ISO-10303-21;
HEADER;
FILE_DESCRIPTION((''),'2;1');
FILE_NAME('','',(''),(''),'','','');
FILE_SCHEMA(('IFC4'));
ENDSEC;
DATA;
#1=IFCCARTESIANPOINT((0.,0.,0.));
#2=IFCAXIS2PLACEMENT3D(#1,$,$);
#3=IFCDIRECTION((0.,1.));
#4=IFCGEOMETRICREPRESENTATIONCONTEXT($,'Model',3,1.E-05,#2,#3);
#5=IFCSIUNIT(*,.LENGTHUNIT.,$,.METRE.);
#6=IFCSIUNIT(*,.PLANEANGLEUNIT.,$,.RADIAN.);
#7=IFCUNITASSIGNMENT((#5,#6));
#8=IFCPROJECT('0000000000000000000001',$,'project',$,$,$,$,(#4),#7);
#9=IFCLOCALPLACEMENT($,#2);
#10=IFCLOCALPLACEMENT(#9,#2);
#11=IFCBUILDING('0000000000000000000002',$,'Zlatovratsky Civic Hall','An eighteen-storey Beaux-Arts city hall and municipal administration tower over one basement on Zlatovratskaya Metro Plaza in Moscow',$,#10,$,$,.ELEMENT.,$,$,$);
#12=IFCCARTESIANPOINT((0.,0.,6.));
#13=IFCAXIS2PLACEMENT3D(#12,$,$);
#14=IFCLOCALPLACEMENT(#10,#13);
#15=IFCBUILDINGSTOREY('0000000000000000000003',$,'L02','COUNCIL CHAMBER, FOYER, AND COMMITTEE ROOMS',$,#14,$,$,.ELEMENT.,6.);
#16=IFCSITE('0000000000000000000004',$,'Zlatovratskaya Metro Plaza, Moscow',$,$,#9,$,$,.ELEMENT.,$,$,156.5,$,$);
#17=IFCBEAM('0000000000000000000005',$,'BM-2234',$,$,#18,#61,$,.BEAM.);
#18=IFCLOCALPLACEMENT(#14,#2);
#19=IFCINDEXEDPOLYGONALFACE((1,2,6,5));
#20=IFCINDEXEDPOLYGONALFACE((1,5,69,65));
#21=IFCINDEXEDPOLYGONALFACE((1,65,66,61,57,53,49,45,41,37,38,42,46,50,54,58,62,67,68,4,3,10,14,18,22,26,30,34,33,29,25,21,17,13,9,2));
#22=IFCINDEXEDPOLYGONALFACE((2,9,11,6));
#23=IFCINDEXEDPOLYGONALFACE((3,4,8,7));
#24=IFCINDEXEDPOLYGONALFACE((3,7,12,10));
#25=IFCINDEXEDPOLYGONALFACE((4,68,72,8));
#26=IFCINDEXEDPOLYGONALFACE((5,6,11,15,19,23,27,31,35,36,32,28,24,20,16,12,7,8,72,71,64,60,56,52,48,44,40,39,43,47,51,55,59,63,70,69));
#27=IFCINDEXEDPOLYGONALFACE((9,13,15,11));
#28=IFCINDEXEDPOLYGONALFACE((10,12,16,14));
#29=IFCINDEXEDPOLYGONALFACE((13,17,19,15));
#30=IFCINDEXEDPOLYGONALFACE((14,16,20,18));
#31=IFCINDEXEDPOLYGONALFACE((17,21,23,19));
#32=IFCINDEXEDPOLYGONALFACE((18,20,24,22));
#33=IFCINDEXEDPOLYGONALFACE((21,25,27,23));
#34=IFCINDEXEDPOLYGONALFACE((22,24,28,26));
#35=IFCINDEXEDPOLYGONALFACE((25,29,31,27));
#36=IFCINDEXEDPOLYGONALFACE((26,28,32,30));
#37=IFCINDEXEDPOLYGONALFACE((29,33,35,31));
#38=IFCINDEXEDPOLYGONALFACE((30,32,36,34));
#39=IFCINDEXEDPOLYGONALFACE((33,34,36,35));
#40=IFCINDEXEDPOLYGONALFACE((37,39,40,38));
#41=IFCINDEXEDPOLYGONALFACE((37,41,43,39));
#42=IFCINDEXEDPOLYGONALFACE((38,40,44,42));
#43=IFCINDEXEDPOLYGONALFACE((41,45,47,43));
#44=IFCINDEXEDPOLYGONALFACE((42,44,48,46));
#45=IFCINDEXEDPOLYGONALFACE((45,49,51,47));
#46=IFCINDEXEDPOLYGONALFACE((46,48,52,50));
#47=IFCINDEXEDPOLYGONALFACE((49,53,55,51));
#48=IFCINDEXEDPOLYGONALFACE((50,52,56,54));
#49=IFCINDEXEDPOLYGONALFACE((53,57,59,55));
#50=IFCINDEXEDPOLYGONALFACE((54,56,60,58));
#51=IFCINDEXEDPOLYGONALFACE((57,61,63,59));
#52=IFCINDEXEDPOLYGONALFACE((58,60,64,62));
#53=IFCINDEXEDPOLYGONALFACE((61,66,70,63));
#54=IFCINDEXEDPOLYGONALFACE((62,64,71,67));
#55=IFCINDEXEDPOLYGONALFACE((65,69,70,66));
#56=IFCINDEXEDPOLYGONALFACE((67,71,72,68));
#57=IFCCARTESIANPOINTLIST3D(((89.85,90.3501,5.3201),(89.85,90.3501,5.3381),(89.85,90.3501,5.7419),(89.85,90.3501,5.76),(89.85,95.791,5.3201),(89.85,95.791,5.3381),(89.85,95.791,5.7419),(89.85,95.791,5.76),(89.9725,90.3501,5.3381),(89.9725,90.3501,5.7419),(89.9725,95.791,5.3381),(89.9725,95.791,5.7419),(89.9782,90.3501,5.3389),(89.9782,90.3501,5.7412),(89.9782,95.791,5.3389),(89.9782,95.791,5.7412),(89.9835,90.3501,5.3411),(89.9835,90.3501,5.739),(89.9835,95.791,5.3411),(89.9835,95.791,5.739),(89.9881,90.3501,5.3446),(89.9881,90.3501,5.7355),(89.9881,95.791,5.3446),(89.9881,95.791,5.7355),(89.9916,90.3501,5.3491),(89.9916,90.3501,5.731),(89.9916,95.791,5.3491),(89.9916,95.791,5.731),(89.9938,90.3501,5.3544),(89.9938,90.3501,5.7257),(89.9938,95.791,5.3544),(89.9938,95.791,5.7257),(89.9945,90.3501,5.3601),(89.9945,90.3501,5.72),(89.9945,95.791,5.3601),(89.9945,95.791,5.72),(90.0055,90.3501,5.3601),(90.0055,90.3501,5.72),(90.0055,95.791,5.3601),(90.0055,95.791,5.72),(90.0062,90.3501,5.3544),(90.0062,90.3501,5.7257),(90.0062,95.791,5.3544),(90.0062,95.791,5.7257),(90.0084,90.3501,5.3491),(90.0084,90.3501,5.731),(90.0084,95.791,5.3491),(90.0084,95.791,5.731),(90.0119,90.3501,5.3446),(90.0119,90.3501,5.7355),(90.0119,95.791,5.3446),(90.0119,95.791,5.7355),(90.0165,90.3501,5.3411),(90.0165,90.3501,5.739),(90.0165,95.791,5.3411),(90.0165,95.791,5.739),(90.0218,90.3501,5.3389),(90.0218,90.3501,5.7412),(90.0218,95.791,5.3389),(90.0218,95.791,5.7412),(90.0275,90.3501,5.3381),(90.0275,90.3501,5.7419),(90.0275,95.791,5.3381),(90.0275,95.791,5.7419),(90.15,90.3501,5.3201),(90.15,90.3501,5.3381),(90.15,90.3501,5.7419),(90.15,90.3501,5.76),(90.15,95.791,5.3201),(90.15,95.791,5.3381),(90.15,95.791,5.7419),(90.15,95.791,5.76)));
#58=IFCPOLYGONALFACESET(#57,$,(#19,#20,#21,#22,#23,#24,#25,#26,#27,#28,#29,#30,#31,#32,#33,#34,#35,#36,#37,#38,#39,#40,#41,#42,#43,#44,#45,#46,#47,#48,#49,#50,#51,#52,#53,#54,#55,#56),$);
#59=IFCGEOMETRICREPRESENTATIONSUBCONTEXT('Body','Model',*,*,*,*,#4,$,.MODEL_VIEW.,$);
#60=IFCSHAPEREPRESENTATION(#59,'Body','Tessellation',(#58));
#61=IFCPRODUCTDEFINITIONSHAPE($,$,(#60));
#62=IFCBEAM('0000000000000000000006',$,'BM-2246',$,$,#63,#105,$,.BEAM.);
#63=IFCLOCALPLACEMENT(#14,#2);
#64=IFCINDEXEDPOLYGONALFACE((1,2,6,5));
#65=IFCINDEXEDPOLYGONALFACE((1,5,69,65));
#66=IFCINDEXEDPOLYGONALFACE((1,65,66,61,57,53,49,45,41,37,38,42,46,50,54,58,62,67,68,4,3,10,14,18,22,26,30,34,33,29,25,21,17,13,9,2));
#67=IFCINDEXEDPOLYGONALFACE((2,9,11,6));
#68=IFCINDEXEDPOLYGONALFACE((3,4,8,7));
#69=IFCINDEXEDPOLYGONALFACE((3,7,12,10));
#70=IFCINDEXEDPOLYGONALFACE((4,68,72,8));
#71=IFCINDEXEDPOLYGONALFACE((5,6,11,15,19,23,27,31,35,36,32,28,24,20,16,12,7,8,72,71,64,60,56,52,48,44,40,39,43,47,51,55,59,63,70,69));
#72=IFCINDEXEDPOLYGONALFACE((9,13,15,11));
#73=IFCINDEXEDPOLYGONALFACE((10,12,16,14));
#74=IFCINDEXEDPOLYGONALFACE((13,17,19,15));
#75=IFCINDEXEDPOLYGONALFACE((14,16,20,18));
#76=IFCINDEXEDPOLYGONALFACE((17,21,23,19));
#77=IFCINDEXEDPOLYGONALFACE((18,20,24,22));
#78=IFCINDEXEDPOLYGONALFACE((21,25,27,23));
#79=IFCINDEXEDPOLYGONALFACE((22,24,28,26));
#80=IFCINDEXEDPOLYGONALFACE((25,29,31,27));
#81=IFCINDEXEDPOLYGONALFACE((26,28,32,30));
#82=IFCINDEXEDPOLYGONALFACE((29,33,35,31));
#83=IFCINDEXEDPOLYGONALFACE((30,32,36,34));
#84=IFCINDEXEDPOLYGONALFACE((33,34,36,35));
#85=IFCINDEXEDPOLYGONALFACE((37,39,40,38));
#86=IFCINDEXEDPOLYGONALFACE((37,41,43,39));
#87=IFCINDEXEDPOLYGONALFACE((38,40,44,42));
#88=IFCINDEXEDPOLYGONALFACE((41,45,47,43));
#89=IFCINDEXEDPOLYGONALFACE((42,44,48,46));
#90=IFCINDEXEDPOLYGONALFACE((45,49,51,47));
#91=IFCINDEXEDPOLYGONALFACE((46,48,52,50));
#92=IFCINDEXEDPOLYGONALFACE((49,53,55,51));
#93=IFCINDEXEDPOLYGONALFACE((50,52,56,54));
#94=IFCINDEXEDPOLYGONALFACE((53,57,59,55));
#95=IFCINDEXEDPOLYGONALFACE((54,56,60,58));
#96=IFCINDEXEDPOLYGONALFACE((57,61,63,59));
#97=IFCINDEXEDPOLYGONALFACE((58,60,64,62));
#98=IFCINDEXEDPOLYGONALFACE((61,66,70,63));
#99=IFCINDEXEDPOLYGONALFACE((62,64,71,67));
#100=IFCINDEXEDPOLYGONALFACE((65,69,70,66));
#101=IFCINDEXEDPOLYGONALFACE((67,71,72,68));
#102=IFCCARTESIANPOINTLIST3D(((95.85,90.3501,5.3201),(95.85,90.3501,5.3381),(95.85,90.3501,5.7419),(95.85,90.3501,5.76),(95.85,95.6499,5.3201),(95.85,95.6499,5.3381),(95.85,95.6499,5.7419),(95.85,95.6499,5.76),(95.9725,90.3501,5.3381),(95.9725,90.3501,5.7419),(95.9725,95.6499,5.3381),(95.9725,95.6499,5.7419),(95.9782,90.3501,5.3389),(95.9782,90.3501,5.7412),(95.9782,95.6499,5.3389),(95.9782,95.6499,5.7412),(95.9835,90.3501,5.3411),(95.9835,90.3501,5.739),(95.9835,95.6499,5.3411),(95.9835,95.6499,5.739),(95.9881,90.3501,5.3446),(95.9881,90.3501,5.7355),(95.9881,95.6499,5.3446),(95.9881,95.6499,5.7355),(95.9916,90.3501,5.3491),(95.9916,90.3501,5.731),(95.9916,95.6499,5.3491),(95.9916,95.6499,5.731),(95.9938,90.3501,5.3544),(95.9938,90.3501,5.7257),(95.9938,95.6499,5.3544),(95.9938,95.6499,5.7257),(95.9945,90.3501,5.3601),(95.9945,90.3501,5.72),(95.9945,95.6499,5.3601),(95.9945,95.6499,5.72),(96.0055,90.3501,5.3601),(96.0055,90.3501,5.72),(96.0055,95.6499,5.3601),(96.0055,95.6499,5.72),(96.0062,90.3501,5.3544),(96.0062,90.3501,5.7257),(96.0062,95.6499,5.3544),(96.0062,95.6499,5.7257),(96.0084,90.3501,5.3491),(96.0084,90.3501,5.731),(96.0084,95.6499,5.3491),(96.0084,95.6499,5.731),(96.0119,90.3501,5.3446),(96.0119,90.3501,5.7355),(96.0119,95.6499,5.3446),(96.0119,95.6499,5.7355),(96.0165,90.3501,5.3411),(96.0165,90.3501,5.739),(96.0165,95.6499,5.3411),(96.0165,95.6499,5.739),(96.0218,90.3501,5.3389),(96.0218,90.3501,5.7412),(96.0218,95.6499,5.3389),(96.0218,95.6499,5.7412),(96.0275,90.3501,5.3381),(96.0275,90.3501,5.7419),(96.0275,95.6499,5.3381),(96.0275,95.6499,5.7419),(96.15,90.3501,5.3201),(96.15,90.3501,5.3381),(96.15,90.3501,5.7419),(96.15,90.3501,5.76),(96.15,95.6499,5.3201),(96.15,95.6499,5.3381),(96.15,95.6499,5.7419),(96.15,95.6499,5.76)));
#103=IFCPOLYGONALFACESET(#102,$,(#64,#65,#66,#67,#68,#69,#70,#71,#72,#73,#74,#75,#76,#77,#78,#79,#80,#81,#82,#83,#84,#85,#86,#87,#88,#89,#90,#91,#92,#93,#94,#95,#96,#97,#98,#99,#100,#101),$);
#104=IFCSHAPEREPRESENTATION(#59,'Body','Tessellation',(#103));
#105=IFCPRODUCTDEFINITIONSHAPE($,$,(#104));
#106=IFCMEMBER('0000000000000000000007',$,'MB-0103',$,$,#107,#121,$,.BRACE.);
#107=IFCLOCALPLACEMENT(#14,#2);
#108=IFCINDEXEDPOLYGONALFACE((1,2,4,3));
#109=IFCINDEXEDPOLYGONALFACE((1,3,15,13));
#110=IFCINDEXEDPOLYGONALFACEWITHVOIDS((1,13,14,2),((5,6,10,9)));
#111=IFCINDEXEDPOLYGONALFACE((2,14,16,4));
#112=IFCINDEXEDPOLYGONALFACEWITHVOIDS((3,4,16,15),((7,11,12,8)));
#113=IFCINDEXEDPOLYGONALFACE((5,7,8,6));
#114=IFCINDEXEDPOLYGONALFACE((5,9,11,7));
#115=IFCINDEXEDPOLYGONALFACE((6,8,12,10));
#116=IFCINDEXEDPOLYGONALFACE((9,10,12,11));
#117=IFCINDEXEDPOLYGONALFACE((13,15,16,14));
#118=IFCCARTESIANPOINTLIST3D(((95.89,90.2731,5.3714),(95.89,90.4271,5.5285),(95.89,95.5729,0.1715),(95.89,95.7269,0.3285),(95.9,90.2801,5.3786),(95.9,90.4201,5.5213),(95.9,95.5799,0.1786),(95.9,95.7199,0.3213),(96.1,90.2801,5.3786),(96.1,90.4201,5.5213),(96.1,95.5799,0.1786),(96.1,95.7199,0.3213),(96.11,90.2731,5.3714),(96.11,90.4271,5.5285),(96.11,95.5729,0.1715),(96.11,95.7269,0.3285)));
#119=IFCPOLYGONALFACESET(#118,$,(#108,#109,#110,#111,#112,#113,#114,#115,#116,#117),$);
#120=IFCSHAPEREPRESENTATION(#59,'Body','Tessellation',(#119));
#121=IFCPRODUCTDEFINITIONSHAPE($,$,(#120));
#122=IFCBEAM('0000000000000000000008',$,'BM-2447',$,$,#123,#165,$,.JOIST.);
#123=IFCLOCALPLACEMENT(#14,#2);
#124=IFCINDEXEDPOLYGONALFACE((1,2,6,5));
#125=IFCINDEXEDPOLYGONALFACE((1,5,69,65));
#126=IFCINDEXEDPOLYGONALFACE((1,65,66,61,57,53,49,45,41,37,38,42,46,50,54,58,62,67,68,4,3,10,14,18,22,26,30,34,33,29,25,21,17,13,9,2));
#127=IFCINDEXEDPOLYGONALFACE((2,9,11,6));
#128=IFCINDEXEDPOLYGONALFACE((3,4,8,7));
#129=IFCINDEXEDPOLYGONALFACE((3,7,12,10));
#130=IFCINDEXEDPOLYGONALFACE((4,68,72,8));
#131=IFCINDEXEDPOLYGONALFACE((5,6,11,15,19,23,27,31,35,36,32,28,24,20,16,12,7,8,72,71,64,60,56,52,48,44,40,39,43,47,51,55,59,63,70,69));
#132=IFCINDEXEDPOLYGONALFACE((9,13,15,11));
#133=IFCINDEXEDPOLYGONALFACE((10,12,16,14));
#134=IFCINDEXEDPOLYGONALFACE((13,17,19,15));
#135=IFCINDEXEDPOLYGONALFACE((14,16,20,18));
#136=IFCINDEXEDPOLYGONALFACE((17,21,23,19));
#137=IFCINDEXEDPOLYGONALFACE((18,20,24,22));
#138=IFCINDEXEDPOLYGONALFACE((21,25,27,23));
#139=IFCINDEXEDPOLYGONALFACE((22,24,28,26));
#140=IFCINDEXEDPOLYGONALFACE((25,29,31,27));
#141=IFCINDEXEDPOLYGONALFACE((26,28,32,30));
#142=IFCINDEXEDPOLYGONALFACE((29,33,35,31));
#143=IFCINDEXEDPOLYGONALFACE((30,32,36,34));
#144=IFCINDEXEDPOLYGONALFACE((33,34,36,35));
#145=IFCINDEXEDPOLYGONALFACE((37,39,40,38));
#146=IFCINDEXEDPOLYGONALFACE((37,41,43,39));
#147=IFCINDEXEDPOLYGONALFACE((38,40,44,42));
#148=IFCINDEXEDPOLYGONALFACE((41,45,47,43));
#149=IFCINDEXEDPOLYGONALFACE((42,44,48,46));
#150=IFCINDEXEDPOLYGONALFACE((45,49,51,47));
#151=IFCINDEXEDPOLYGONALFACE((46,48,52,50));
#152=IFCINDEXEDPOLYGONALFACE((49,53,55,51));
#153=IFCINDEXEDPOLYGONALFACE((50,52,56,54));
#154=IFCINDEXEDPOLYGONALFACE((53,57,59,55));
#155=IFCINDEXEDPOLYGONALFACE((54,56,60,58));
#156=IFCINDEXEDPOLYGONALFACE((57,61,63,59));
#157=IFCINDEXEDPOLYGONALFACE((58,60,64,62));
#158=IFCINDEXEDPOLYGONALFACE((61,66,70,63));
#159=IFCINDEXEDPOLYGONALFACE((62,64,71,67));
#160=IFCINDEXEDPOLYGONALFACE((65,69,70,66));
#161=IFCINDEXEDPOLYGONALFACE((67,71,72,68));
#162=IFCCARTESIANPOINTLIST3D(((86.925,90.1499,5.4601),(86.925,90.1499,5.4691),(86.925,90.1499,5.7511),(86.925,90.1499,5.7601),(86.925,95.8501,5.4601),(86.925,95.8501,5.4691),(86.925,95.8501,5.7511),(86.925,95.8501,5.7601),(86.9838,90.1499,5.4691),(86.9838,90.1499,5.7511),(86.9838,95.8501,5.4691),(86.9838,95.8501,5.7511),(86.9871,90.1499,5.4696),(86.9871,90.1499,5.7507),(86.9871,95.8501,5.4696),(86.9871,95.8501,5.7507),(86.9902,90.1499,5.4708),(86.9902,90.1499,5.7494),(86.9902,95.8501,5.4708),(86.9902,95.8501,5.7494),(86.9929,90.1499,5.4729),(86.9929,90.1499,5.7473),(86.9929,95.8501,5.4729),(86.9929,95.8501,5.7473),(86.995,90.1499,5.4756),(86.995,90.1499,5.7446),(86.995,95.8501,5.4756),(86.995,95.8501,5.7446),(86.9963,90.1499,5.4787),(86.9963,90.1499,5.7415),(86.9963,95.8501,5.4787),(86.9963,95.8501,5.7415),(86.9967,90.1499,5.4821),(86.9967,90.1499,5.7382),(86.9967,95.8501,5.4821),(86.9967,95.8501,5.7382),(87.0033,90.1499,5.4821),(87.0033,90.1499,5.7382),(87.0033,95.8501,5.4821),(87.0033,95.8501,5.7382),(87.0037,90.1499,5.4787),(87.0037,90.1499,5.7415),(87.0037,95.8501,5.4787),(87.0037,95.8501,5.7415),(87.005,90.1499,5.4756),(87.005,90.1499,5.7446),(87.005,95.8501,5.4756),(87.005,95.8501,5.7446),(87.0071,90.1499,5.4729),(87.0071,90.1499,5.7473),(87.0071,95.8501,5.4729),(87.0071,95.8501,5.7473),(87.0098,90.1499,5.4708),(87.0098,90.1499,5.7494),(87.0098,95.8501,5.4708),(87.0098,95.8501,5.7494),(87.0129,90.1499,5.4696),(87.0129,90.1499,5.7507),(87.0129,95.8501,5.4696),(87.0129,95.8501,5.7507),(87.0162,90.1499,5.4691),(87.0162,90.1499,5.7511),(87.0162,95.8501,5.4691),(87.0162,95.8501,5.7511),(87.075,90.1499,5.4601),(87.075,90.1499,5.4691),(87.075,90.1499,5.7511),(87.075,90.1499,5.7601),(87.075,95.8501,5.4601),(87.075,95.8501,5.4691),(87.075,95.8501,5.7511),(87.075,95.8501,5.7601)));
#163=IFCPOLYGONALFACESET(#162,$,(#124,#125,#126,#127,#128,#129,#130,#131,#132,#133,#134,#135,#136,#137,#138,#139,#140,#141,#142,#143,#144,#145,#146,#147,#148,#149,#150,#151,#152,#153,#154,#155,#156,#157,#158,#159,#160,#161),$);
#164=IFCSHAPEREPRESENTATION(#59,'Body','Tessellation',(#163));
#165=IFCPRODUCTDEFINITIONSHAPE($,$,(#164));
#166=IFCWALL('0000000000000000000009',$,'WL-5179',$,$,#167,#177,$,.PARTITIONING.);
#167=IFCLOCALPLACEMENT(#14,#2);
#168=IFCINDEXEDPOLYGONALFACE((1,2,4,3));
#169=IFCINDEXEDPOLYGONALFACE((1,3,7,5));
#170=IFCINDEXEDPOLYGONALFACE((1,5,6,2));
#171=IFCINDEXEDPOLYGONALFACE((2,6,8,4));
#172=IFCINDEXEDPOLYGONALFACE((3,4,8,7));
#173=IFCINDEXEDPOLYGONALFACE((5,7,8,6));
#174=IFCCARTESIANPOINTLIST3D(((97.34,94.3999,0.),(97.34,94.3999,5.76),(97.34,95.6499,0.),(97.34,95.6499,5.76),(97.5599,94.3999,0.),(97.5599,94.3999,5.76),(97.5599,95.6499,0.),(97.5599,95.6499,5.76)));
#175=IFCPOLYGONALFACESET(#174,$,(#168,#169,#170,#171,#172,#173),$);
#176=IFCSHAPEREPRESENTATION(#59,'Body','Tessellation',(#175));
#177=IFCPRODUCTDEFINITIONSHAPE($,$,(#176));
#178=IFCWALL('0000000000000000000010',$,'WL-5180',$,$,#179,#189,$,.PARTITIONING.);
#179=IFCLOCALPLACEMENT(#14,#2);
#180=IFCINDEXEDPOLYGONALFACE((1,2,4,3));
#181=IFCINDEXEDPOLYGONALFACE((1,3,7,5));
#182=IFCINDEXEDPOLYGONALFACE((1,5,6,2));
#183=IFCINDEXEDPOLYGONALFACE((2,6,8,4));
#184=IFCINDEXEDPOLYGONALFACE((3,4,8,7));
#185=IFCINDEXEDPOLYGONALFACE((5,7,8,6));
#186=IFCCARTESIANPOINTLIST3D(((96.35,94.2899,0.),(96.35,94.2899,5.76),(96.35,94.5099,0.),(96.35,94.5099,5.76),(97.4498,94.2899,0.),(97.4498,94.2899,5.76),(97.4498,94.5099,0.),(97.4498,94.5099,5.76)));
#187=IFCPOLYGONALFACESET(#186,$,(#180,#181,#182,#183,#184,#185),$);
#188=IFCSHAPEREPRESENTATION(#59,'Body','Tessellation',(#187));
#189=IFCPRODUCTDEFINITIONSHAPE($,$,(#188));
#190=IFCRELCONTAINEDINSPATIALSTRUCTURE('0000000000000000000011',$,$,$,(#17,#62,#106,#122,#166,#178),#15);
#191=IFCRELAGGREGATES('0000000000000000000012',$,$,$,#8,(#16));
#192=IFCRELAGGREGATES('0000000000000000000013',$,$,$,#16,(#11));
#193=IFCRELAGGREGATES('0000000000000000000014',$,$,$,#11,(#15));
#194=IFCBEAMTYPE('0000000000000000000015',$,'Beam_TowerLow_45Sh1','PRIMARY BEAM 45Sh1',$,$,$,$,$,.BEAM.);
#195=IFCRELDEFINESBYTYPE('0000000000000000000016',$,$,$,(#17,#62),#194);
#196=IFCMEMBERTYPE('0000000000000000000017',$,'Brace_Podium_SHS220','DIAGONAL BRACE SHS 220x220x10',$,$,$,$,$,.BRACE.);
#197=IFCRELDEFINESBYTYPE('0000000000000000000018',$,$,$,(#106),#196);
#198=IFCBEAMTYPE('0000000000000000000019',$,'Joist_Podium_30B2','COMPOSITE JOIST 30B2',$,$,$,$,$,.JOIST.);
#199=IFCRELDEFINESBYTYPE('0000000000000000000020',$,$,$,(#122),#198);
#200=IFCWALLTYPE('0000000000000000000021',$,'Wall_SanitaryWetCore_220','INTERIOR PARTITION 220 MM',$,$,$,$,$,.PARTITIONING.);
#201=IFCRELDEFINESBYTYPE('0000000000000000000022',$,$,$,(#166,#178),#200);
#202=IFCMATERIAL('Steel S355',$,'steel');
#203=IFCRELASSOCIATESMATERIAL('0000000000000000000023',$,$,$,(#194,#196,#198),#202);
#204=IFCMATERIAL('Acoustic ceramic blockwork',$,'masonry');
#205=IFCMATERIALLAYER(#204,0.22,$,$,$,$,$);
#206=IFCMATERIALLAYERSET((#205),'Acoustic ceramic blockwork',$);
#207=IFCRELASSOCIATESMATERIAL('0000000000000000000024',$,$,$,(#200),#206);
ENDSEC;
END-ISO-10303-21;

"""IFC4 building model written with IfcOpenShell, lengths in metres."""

from ifc_helpers import new_model, si_unit, direction, frame, frame_2d, origin, origin_2d, place, context, subcontext, project, spatial, rectangle, hollow_rectangle, i_section, extrude, material, layer, layer_set, material_profile, profile_set, type_object, element, save


model = new_model("IFC4")

# Units and contexts
model_context = context("Model", 3, precision=1e-05, world=origin(), true_north=direction((0.0, 1.0)))
body_context = subcontext(model_context, "Body", "Model", "MODEL_VIEW")
ifc_project = project(units=[si_unit("LENGTHUNIT", "METRE"), si_unit("PLANEANGLEUNIT", "RADIAN")], contexts=[model_context])

# Site, building, storey
site_placement = place(None, origin())
site = spatial("IfcSite", under=ifc_project, at=site_placement, Name="Zlatovratskaya Metro Plaza, Moscow", CompositionType="ELEMENT", RefElevation=156.5)
building_placement = place(site_placement, origin())
building = spatial("IfcBuilding", under=site, at=building_placement, Name="Zlatovratsky Civic Hall", Description="An eighteen-storey Beaux-Arts city hall and municipal administration tower over one basement on Zlatovratskaya Metro Plaza in Moscow", CompositionType="ELEMENT")
storey_placement = place(building_placement, frame((0.0, 0.0, 6.0)))
storey = spatial("IfcBuildingStorey", under=building, at=storey_placement, Name="L02", Description="COUNCIL CHAMBER, FOYER, AND COMMITTEE ROOMS", CompositionType="ELEMENT", Elevation=6.0)

# Shared definitions
ifc_material_1 = material(Name="Steel S355", Category="steel")

# Beams
ifc_material_profile_1 = material_profile(ifc_material_1, i_section(OverallWidth=0.3, OverallDepth=0.4399, WebThickness=0.011, FlangeThickness=0.0181, FilletRadius=0.022, at=origin_2d()), Name="45Sh1")
ifc_profile_set_1 = profile_set([ifc_material_profile_1], Name="Steel S355")
beam_type_1 = type_object("IfcBeamType", Name="Beam_TowerLow_45Sh1", Description="PRIMARY BEAM 45Sh1", PredefinedType="BEAM", material=ifc_profile_set_1)
for number, where, z_axis, x_axis, name in (
    (1, (90.0, 90.3501, 5.54), (0.0, 1.0, 0.0), (-1.0, 0.0, 0.0), "BM-2234"),
):
    element("IfcBeam", number, at=place(storey_placement, frame(where, z_axis=z_axis, x_axis=x_axis)), inside=storey, type_object=beam_type_1, Name=name, PredefinedType="BEAM", context=body_context, shape_type="SweptSolid", body=[
        extrude(i_section(OverallWidth=0.3, OverallDepth=0.4399, WebThickness=0.011, FlangeThickness=0.0181, FilletRadius=0.022, at=origin_2d()), origin(), (0.0, 0.0, 1.0), 5.4409),
    ])
beam_1_placement = place(storey_placement, frame((96.0, 90.3501, 5.54), z_axis=(0.0, 1.0, 0.0), x_axis=(-1.0, 0.0, 0.0)))
element("IfcBeam", 2, at=beam_1_placement, inside=storey, type_object=beam_type_1, Name="BM-2246", PredefinedType="BEAM", context=body_context, shape_type="SweptSolid", body=[
    extrude(i_section(OverallWidth=0.3, OverallDepth=0.4399, WebThickness=0.011, FlangeThickness=0.0181, FilletRadius=0.022, at=origin_2d()), origin(), (0.0, 0.0, 1.0), 5.2998),
])

# Member
ifc_material_profile_2 = material_profile(ifc_material_1, hollow_rectangle(XDim=0.22, YDim=0.22, WallThickness=0.01, at=origin_2d()), Name="SHS 220x220x10")
ifc_profile_set_2 = profile_set([ifc_material_profile_2], Name="Steel S355")
member_type = type_object("IfcMemberType", Name="Brace_Podium_SHS220", Description="DIAGONAL BRACE SHS 220x220x10", PredefinedType="BRACE", material=ifc_profile_set_2)
member_placement = place(storey_placement, frame((96.0, 90.3501, 5.45), z_axis=(0.0, 0.713799, -0.70035), x_axis=(-1.0, 0.0, 0.0)))
element("IfcMember", 3, at=member_placement, inside=storey, type_object=member_type, Name="MB-0103", PredefinedType="BRACE", context=body_context, shape_type="SweptSolid", body=[
    extrude(hollow_rectangle(XDim=0.22, YDim=0.22, WallThickness=0.01, at=origin_2d()), origin(), (0.0, 0.0, 1.0), 7.4248),
])

# Beam
ifc_material_profile_3 = material_profile(ifc_material_1, i_section(OverallWidth=0.1499, OverallDepth=0.3, WebThickness=0.0066, FlangeThickness=0.009, FilletRadius=0.0129, at=origin_2d()), Name="30B2")
ifc_profile_set_3 = profile_set([ifc_material_profile_3], Name="Steel S355")
beam_type_2 = type_object("IfcBeamType", Name="Joist_Podium_30B2", Description="COMPOSITE JOIST 30B2", PredefinedType="JOIST", material=ifc_profile_set_3)
beam_2_placement = place(storey_placement, frame((87.0, 90.1499, 5.6101), z_axis=(0.0, 1.0, 0.0), x_axis=(-1.0, 0.0, 0.0)))
element("IfcBeam", 4, at=beam_2_placement, inside=storey, type_object=beam_type_2, Name="BM-2447", PredefinedType="JOIST", context=body_context, shape_type="SweptSolid", body=[
    extrude(i_section(OverallWidth=0.1499, OverallDepth=0.3, WebThickness=0.0066, FlangeThickness=0.009, FilletRadius=0.0129, at=origin_2d()), origin(), (0.0, 0.0, 1.0), 5.7002),
])

# Walls
ifc_material_2 = material(Name="Acoustic ceramic blockwork", Category="masonry")
ifc_layer_1 = layer(ifc_material_2, 0.22)
ifc_layer_set_1 = layer_set([ifc_layer_1], Name="Acoustic ceramic blockwork")
wall_type_1 = type_object("IfcWallType", Name="Wall_SanitaryWetCore_220", Description="INTERIOR PARTITION 220 MM", PredefinedType="PARTITIONING", material=ifc_layer_set_1)
wall_1_placement = place(storey_placement, frame((97.45, 94.3999, 0.0), z_axis=(0.0, 0.0, 1.0), x_axis=(0.0, 1.0, 0.0)))
element("IfcWall", 5, at=wall_1_placement, inside=storey, type_object=wall_type_1, Name="WL-5179", PredefinedType="PARTITIONING", context=body_context, shape_type="SweptSolid", body=[
    extrude(rectangle(XDim=1.25, YDim=0.22, at=frame_2d((0.625, 0.0))), origin(), (0.0, 0.0, 1.0), 5.76),
])
wall_2_placement = place(storey_placement, frame((96.3501, 94.3999, 0.0), z_axis=(0.0, 0.0, 1.0), x_axis=(1.0, 0.0, 0.0)))
element("IfcWall", 6, at=wall_2_placement, inside=storey, type_object=wall_type_1, Name="WL-5180", PredefinedType="PARTITIONING", context=body_context, shape_type="SweptSolid", body=[
    extrude(rectangle(XDim=1.0999, YDim=0.22, at=frame_2d((0.5498, 0.0))), origin(), (0.0, 0.0, 1.0), 5.76),
])

save(model, "model.ifc")
